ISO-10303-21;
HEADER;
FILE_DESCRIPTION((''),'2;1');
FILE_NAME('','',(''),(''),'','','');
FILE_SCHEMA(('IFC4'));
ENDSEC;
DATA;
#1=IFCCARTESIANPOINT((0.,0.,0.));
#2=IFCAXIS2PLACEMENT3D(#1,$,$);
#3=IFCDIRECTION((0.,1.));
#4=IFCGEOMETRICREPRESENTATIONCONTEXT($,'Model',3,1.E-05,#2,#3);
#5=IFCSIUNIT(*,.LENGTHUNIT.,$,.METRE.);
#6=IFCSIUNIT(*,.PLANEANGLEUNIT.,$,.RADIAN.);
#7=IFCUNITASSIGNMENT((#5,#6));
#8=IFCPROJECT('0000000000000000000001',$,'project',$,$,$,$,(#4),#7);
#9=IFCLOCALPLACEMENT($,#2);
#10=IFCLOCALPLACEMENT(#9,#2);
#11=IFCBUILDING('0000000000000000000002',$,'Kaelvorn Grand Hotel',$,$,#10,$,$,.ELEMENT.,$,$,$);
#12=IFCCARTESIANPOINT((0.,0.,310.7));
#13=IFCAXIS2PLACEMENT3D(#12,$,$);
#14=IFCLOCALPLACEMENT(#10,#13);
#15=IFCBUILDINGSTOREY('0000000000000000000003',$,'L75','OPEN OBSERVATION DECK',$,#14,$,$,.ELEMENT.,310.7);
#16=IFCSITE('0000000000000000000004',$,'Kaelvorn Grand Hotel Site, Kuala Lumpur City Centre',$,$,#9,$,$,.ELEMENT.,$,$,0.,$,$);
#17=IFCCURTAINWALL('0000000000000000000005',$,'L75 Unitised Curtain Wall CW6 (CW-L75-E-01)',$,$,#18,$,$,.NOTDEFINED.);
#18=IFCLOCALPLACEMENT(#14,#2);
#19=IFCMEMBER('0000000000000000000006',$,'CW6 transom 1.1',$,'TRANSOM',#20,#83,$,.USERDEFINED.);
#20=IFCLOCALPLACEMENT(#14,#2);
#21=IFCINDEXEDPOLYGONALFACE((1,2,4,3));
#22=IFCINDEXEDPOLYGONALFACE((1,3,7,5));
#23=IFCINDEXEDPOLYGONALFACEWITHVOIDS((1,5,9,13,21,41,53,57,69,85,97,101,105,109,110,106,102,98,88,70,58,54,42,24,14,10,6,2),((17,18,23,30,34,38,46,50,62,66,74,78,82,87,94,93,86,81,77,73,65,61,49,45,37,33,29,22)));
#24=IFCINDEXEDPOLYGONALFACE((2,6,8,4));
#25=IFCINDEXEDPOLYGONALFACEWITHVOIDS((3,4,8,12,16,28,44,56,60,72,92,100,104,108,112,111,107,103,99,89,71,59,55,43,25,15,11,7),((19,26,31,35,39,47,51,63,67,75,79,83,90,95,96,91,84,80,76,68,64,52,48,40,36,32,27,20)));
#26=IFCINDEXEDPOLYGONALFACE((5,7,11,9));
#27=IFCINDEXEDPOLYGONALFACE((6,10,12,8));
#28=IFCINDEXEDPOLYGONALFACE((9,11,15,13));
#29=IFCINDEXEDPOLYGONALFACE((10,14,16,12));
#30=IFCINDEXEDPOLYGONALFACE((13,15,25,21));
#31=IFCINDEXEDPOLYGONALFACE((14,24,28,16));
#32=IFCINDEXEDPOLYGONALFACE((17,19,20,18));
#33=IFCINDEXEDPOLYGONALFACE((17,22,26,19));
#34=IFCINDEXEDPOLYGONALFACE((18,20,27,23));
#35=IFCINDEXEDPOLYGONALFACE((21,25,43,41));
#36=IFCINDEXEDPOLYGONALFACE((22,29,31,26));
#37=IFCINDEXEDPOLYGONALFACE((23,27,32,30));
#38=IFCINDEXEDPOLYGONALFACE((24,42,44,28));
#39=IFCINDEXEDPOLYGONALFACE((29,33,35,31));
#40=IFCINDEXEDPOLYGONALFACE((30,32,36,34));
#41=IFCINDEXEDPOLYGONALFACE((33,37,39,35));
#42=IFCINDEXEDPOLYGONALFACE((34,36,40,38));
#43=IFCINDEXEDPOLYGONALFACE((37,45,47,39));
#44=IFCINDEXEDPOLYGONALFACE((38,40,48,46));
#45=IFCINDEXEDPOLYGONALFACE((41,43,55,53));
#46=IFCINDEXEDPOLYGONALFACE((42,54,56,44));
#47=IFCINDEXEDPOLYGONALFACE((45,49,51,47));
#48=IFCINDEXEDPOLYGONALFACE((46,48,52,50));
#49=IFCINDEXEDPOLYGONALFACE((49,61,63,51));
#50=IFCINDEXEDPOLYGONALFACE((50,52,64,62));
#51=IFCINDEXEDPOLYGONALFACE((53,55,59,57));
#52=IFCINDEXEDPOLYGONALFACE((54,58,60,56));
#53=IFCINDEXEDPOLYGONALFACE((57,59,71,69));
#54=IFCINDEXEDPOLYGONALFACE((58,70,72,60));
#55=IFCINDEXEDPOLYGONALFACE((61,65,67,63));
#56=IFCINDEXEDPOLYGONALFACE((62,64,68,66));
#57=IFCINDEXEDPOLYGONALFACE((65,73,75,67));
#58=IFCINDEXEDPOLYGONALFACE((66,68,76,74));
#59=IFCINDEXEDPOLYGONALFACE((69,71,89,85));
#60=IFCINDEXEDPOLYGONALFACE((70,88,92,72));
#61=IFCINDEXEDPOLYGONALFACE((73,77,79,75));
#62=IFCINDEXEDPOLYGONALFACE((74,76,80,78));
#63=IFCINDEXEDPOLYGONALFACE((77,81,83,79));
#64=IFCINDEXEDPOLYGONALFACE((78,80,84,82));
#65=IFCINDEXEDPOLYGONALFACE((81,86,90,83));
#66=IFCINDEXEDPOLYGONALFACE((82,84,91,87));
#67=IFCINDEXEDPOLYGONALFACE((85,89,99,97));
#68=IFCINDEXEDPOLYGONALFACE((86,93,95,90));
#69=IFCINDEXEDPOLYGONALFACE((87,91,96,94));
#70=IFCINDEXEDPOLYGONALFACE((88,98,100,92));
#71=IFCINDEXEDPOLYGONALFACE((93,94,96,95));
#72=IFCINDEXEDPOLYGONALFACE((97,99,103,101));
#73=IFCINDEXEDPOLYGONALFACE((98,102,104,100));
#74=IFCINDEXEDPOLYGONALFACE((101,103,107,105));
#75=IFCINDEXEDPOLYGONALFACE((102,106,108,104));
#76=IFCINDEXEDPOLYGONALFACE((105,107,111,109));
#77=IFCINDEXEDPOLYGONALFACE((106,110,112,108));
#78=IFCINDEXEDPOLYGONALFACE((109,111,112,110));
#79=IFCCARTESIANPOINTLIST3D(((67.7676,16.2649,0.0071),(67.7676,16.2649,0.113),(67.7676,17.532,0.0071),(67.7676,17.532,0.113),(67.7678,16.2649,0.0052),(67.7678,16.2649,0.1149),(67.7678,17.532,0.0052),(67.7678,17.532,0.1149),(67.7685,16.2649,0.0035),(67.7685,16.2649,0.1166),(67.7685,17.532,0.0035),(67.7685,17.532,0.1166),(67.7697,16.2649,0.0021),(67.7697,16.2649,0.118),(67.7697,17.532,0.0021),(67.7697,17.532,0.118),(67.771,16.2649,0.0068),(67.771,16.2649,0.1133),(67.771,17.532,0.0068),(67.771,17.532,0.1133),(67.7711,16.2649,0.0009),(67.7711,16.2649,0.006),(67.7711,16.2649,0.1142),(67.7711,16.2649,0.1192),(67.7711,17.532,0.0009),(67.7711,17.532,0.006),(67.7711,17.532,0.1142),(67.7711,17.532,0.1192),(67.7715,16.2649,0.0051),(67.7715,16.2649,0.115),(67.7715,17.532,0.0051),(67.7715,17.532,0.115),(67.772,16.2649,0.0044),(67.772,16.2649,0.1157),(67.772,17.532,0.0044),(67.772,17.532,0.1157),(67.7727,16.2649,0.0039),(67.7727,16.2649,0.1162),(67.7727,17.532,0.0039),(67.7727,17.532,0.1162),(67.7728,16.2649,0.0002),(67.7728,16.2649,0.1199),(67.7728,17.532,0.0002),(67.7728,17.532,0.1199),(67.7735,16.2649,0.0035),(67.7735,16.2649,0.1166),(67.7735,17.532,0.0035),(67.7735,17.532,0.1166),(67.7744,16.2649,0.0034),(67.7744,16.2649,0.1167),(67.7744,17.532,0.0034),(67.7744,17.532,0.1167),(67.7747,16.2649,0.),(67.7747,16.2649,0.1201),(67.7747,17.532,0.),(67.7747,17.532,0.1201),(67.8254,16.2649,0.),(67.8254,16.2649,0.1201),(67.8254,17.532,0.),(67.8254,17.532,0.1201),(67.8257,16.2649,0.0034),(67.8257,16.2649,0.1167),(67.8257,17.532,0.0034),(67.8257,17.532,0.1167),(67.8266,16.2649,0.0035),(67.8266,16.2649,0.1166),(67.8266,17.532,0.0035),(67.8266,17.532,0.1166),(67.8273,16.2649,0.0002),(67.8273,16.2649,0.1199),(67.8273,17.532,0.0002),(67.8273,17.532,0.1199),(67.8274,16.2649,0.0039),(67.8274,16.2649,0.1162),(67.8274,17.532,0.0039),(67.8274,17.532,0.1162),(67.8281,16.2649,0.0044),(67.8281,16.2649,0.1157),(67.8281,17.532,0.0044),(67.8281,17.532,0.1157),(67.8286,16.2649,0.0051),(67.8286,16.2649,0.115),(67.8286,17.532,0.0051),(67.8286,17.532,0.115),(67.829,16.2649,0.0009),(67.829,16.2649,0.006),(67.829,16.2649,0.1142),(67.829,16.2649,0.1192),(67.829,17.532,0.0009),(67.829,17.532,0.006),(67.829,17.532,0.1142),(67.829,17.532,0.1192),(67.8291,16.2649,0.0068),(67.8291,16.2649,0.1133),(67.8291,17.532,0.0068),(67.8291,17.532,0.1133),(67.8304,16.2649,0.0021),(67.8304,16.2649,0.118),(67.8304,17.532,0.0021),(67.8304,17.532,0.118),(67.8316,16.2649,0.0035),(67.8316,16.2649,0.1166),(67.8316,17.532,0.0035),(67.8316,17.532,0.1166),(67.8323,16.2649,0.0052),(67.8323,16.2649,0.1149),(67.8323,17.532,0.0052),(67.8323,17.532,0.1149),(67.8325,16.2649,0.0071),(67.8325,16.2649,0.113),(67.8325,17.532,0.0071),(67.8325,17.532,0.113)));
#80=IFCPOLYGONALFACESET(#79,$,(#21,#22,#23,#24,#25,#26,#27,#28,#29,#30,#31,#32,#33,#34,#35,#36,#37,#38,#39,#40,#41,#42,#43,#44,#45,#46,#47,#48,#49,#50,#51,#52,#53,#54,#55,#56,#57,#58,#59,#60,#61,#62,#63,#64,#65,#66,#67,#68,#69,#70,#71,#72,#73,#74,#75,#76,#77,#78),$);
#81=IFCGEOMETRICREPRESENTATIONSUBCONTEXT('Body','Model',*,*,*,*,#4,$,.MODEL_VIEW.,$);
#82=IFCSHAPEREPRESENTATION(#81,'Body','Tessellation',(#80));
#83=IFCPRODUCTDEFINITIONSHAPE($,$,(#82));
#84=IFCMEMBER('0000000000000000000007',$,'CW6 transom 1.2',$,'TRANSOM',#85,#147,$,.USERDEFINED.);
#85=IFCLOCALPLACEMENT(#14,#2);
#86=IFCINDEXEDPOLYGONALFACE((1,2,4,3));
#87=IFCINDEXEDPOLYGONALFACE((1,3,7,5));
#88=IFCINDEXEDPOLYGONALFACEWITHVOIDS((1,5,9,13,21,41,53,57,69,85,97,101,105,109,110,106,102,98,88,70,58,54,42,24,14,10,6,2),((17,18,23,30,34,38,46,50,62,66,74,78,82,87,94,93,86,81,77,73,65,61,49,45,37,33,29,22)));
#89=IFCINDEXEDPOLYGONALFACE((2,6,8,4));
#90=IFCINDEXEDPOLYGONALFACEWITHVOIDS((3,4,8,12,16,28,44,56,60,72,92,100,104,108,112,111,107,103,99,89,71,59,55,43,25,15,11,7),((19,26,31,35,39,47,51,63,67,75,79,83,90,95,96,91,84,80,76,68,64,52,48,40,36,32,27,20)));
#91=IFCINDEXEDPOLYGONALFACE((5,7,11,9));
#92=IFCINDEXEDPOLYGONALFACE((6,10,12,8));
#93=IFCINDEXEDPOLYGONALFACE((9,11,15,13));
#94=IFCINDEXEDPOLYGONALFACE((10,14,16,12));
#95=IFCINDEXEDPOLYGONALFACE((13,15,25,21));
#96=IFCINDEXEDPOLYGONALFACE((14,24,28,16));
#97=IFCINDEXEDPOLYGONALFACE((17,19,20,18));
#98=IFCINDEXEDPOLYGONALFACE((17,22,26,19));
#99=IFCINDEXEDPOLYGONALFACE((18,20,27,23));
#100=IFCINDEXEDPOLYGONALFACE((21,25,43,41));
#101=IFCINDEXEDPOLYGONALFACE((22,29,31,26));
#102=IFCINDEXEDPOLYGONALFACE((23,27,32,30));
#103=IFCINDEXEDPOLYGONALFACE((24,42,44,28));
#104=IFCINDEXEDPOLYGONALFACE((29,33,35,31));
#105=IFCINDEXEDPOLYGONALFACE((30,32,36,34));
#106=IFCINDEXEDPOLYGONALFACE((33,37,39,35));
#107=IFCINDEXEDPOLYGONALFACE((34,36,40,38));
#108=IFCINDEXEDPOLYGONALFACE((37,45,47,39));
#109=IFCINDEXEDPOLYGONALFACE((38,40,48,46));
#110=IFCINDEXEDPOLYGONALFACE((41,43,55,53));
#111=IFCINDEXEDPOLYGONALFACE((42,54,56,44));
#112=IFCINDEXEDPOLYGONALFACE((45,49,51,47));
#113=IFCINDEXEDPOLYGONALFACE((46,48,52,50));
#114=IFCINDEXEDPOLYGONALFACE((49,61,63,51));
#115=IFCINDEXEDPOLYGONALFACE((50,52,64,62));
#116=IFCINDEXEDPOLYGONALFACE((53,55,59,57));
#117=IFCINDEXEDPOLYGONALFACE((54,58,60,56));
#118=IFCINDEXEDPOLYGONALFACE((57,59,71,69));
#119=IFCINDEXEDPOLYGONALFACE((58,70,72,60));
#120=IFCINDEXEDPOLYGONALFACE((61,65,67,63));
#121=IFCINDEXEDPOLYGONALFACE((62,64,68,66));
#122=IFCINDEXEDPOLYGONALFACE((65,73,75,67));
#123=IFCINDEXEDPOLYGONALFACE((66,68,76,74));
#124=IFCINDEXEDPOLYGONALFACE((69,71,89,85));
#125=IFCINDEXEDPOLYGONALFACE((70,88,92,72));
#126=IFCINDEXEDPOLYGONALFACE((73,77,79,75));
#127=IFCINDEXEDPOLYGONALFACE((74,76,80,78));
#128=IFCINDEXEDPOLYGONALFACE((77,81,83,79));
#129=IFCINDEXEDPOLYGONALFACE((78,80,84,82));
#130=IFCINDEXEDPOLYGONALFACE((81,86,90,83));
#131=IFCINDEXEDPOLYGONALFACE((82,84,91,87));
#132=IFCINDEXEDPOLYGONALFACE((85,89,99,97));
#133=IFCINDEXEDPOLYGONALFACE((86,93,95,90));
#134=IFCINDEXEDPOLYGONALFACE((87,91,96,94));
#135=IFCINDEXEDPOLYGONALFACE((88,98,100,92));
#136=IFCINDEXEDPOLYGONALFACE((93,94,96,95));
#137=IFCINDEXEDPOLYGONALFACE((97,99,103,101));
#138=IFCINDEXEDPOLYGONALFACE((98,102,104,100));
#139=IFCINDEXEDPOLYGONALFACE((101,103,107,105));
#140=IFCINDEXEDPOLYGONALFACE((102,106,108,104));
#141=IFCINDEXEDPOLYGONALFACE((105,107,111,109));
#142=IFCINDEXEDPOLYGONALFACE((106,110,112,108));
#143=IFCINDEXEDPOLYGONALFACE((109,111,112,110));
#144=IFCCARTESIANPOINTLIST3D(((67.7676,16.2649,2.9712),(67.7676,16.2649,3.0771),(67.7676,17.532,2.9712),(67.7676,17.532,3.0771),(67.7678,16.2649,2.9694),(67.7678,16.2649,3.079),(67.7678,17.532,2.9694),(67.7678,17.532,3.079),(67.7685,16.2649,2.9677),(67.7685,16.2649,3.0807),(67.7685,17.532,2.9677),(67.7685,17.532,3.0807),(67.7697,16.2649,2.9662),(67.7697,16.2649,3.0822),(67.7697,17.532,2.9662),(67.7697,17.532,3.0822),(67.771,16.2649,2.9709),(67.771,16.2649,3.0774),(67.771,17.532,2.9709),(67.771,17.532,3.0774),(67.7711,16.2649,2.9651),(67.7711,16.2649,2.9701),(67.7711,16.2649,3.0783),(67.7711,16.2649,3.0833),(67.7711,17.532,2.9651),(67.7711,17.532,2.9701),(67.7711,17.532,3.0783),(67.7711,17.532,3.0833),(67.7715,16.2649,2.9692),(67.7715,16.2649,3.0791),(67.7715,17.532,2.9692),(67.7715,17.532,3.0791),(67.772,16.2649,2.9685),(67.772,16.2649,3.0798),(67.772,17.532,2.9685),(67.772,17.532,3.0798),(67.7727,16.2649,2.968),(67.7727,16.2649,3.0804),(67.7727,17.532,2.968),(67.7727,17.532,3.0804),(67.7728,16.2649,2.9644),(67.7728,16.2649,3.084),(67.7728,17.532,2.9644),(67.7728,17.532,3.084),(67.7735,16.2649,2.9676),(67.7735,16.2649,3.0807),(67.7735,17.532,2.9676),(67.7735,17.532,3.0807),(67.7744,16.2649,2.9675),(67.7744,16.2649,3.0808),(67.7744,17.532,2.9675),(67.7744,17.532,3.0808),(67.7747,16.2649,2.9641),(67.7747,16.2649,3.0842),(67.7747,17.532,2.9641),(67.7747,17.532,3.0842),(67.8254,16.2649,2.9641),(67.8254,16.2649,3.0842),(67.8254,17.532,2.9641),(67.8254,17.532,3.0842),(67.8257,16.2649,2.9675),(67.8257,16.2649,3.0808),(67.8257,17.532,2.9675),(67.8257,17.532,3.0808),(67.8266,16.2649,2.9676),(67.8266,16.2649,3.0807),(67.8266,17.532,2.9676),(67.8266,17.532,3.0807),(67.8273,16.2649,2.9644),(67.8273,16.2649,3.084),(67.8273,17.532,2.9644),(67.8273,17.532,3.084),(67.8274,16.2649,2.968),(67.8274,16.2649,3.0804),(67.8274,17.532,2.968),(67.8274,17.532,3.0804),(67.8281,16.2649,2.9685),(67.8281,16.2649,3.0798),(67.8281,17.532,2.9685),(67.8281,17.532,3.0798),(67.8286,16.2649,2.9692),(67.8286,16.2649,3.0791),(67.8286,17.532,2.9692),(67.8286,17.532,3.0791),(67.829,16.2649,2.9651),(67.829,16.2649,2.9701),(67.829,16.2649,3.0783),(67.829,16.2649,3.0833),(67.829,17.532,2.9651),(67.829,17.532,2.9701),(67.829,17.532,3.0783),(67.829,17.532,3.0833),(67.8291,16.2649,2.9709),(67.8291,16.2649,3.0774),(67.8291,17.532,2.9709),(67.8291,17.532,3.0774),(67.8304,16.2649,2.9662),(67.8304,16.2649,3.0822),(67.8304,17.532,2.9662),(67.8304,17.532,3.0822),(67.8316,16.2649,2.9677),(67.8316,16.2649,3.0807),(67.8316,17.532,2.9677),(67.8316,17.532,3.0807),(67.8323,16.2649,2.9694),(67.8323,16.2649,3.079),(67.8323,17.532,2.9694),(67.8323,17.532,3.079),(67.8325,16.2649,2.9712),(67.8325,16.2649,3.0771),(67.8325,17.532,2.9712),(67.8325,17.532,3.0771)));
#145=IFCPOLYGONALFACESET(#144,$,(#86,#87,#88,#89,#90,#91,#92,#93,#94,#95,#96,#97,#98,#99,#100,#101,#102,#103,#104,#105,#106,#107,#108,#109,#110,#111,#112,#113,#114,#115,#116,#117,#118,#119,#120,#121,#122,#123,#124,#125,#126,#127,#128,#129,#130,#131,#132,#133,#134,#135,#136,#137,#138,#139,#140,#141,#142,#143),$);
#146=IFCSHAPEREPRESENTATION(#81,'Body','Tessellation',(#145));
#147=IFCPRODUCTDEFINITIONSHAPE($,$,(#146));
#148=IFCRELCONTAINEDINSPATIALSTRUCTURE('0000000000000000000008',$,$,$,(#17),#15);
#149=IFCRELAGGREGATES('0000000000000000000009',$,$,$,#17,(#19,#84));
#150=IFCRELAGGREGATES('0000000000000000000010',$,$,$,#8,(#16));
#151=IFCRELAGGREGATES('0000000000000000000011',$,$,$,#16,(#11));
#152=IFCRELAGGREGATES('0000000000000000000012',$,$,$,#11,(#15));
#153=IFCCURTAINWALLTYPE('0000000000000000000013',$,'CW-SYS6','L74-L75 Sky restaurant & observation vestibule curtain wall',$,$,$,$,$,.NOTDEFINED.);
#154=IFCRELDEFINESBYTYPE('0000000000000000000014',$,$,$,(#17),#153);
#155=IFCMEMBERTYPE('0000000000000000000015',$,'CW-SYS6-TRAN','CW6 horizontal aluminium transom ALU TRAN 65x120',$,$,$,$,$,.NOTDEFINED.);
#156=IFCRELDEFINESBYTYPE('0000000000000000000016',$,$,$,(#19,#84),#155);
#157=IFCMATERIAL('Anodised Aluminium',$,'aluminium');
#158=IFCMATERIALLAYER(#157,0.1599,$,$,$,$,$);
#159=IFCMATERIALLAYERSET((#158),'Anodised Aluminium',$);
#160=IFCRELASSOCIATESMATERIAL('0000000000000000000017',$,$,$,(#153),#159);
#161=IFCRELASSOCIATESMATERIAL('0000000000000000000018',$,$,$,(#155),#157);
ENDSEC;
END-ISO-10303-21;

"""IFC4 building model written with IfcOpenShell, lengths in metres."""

from ifc_helpers import new_model, si_unit, direction, frame, origin, origin_2d, place, context, subcontext, project, spatial, hollow_rectangle, extrude, material, layer, layer_set, material_profile, profile_set, type_object, element, aggregate, save


model = new_model("IFC4")

# Units and contexts
model_context = context("Model", 3, precision=1e-05, world=origin(), true_north=direction((0.0, 1.0)))
body_context = subcontext(model_context, "Body", "Model", "MODEL_VIEW")
ifc_project = project(units=[si_unit("LENGTHUNIT", "METRE"), si_unit("PLANEANGLEUNIT", "RADIAN")], contexts=[model_context])

# Site, building, storey
site_placement = place(None, origin())
site = spatial("IfcSite", under=ifc_project, at=site_placement, Name="Kaelvorn Grand Hotel Site, Kuala Lumpur City Centre", CompositionType="ELEMENT", RefElevation=0.0)
building_placement = place(site_placement, origin())
building = spatial("IfcBuilding", under=site, at=building_placement, Name="Kaelvorn Grand Hotel", CompositionType="ELEMENT")
storey_placement = place(building_placement, frame((0.0, 0.0, 310.7)))
storey = spatial("IfcBuildingStorey", under=building, at=storey_placement, Name="L75", Description="OPEN OBSERVATION DECK", CompositionType="ELEMENT", Elevation=310.7)

# Curtain wall, members
ifc_material_1 = material(Name="Anodised Aluminium", Category="aluminium")
ifc_layer_1 = layer(ifc_material_1, 0.1599)
ifc_layer_set_1 = layer_set([ifc_layer_1], Name="Anodised Aluminium")
curtain_wall_type = type_object("IfcCurtainWallType", Name="CW-SYS6", Description="L74-L75 Sky restaurant & observation vestibule curtain wall", PredefinedType="NOTDEFINED", material=ifc_layer_set_1)
curtain_wall_placement = place(storey_placement, origin())
curtain_wall = element("IfcCurtainWall", 1, at=curtain_wall_placement, inside=storey, type_object=curtain_wall_type, Name="L75 Unitised Curtain Wall CW6 (CW-L75-E-01)", PredefinedType="NOTDEFINED")
ifc_material_profile_1 = material_profile(ifc_material_1, hollow_rectangle(XDim=0.0649, YDim=0.1201, WallThickness=0.0034, InnerFilletRadius=0.0034, OuterFilletRadius=0.0071, at=origin_2d()), Name="ALU TRAN 65x120")
ifc_profile_set_1 = profile_set([ifc_material_profile_1], Name="Anodised Aluminium")
member_type_1 = type_object("IfcMemberType", Name="CW-SYS6-TRAN", Description="CW6 horizontal aluminium transom ALU TRAN 65x120", PredefinedType="NOTDEFINED", material=ifc_profile_set_1)
member_1_placement = place(storey_placement, frame((67.8, 16.2649, 0.0601), z_axis=(0.0, 1.0, 0.0), x_axis=(-1.0, 0.0, 0.0)))
member_1 = element("IfcMember", 2, at=member_1_placement, type_object=member_type_1, Name="CW6 transom 1.1", ObjectType="TRANSOM", PredefinedType="USERDEFINED", context=body_context, shape_type="SweptSolid", body=[
    extrude(hollow_rectangle(XDim=0.0649, YDim=0.1201, WallThickness=0.0034, InnerFilletRadius=0.0034, OuterFilletRadius=0.0071, at=origin_2d()), origin(), (0.0, 0.0, 1.0), 1.2671),
])
member_2_placement = place(storey_placement, frame((67.8, 16.2649, 3.0242), z_axis=(0.0, 1.0, 0.0), x_axis=(-1.0, 0.0, 0.0)))
member_2 = element("IfcMember", 3, at=member_2_placement, type_object=member_type_1, Name="CW6 transom 1.2", ObjectType="TRANSOM", PredefinedType="USERDEFINED", context=body_context, shape_type="SweptSolid", body=[
    extrude(hollow_rectangle(XDim=0.0649, YDim=0.1201, WallThickness=0.0034, InnerFilletRadius=0.0034, OuterFilletRadius=0.0071, at=origin_2d()), origin(), (0.0, 0.0, 1.0), 1.2671),
])

aggregate(curtain_wall, [member_1, member_2])

save(model, "model.ifc")
